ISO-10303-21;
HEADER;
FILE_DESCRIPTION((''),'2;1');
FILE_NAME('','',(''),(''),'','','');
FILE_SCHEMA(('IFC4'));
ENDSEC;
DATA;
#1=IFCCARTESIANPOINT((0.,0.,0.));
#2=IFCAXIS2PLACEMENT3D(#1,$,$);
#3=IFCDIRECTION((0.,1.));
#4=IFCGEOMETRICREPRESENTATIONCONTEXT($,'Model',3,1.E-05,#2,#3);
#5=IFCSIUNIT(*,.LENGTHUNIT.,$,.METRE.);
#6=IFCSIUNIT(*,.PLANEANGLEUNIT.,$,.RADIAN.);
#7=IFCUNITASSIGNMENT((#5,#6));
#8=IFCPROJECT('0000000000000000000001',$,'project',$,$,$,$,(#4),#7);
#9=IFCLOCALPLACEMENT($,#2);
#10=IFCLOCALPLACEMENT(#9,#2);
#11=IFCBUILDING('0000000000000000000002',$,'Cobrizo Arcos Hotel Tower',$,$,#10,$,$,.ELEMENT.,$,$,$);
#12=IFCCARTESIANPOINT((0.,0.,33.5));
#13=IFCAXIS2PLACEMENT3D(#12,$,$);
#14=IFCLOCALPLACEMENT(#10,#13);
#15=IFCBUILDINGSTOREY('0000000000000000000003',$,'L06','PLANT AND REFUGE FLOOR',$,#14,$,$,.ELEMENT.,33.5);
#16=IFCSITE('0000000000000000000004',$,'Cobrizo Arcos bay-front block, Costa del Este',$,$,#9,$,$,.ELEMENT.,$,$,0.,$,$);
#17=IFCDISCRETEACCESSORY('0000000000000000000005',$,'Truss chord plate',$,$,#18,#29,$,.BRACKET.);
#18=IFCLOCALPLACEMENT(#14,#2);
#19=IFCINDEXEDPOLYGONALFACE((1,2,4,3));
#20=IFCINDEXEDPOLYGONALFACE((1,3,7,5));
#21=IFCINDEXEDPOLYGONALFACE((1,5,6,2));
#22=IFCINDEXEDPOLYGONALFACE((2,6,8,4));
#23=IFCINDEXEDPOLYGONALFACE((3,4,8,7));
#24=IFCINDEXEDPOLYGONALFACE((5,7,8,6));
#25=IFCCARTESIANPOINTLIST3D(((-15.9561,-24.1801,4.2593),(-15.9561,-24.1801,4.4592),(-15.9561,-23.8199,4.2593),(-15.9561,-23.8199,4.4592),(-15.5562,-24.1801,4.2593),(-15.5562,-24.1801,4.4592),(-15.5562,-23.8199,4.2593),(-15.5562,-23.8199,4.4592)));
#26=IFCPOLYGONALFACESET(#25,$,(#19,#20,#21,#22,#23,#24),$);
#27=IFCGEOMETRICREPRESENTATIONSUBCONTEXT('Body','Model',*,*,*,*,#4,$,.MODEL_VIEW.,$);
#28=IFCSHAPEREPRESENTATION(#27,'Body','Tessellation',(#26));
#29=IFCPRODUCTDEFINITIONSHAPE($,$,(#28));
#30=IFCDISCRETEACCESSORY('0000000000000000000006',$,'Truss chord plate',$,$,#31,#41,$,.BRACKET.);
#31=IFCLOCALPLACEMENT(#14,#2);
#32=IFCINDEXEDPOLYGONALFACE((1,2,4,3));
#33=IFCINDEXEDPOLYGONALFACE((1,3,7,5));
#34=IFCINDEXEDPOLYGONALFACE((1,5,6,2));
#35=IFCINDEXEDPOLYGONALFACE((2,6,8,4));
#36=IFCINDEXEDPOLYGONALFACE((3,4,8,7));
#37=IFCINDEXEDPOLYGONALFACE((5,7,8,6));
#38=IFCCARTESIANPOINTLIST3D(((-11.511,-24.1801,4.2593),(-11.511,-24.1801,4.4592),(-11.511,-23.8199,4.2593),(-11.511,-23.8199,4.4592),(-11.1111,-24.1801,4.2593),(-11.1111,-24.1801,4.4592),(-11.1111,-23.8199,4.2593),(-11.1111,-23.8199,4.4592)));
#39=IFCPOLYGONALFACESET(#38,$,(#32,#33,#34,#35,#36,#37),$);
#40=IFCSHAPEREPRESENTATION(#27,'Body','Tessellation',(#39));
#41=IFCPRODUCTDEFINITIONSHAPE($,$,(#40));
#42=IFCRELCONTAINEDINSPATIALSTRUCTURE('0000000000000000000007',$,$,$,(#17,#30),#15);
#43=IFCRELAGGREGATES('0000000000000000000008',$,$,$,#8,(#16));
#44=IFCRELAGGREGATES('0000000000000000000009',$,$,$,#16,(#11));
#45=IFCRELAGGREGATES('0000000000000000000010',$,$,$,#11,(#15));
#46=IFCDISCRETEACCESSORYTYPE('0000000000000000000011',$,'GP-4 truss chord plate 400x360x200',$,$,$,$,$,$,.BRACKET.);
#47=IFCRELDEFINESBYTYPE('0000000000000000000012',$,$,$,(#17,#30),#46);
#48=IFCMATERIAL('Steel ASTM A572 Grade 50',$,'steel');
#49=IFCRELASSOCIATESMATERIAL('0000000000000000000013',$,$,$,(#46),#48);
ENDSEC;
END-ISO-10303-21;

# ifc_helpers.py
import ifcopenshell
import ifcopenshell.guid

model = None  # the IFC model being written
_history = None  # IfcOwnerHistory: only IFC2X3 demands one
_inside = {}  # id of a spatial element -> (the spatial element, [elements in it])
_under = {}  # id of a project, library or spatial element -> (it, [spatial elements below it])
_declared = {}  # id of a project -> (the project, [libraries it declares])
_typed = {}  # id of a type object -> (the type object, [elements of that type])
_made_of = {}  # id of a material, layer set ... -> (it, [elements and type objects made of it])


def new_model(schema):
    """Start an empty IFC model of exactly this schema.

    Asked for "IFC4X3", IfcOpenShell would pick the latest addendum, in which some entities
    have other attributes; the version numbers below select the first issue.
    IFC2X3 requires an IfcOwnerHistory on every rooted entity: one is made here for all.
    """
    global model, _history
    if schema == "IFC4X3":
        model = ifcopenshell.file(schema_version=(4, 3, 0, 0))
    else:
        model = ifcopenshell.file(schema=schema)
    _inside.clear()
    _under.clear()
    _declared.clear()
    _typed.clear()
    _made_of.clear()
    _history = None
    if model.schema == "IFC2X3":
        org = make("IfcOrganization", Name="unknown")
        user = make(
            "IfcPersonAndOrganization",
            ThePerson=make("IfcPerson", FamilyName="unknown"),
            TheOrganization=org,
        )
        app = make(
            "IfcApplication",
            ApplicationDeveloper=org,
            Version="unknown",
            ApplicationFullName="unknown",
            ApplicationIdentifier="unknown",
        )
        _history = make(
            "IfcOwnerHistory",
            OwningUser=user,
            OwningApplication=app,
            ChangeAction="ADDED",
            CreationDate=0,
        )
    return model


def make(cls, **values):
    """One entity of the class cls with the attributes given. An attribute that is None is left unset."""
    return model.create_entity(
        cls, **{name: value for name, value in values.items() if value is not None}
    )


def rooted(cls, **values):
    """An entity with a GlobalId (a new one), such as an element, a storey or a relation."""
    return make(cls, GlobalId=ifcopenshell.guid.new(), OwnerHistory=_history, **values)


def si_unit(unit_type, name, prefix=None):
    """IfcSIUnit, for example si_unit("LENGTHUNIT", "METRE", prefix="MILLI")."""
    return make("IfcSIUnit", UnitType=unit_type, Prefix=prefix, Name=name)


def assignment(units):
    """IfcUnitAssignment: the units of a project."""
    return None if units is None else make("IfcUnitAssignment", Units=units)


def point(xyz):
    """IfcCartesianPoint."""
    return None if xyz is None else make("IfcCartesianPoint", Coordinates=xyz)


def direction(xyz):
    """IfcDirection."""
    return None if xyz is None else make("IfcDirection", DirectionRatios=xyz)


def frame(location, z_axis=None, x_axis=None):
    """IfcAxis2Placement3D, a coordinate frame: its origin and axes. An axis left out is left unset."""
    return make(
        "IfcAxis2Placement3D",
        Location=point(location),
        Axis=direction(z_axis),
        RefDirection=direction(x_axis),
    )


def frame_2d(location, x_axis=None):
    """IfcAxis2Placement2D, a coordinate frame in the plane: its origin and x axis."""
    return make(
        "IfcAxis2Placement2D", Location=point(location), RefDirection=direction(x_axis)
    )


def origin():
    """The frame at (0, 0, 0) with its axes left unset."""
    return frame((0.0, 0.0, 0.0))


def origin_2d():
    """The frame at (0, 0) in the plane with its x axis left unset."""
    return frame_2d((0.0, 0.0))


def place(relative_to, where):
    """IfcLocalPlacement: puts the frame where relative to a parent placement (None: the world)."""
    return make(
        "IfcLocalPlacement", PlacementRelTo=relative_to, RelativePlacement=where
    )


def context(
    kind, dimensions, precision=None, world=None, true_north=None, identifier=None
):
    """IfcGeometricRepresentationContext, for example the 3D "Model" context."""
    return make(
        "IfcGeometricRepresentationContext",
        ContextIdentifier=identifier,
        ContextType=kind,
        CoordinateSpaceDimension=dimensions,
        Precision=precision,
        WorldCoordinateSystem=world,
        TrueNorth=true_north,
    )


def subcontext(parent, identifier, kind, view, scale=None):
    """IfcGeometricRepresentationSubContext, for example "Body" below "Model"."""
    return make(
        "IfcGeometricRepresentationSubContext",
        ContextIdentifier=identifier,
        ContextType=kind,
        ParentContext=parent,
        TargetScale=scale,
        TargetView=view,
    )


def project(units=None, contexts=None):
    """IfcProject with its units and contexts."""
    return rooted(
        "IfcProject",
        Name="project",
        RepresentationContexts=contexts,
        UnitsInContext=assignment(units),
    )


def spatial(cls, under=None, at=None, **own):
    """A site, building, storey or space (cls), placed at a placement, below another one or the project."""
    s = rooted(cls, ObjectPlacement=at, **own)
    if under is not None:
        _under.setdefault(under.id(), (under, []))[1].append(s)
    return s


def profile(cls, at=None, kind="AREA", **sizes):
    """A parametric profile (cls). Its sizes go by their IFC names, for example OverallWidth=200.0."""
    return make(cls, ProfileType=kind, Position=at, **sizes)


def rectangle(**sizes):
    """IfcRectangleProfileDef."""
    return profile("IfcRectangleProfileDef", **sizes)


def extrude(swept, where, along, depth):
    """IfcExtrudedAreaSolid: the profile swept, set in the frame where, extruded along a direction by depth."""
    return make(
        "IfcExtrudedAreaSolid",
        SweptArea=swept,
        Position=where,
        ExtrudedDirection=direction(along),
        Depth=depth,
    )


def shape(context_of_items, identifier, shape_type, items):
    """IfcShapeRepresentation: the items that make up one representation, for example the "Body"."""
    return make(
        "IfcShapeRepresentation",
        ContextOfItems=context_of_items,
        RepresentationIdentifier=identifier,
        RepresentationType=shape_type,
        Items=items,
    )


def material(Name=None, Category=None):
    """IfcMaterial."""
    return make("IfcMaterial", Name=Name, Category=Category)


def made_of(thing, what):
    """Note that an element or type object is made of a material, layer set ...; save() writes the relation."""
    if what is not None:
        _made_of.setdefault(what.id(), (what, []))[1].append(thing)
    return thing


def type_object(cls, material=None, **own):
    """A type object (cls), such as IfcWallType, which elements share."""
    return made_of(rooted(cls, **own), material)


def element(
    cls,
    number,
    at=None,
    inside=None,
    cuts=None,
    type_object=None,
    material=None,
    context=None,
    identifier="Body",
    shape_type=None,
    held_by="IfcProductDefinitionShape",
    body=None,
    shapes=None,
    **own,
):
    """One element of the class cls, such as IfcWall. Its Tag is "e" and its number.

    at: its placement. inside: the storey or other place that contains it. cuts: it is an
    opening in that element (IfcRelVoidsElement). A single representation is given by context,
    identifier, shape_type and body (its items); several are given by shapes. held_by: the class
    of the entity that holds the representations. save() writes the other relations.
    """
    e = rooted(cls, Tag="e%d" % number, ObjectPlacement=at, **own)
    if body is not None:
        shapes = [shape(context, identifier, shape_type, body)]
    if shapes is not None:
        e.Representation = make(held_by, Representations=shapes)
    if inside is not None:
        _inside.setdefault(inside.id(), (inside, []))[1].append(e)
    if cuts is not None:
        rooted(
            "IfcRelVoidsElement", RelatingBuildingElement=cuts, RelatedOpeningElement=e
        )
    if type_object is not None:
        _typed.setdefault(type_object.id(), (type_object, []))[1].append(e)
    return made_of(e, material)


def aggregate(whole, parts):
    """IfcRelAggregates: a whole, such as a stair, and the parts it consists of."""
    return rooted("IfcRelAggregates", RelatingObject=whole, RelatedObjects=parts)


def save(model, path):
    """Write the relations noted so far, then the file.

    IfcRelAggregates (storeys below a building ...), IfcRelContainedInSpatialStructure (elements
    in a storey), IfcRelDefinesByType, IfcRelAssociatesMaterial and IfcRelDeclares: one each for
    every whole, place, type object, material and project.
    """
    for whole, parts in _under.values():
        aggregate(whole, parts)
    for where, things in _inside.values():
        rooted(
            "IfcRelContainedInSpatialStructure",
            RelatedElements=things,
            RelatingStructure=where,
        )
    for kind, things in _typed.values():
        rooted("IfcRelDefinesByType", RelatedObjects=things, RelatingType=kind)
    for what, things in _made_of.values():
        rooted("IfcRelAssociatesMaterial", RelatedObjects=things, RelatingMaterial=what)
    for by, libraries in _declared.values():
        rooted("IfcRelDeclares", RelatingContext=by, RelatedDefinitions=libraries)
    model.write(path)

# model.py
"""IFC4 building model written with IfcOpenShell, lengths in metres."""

from ifc_helpers import new_model, si_unit, direction, frame, origin, origin_2d, place, context, subcontext, project, spatial, rectangle, extrude, material, type_object, element, save


model = new_model("IFC4")

# Units and contexts
model_context = context("Model", 3, precision=1e-05, world=origin(), true_north=direction((0.0, 1.0)))
body_context = subcontext(model_context, "Body", "Model", "MODEL_VIEW")
ifc_project = project(units=[si_unit("LENGTHUNIT", "METRE"), si_unit("PLANEANGLEUNIT", "RADIAN")], contexts=[model_context])

# Site, building, storey
site_placement = place(None, origin())
site = spatial("IfcSite", under=ifc_project, at=site_placement, Name="Cobrizo Arcos bay-front block, Costa del Este", CompositionType="ELEMENT", RefElevation=0.0)
building_placement = place(site_placement, origin())
building = spatial("IfcBuilding", under=site, at=building_placement, Name="Cobrizo Arcos Hotel Tower", CompositionType="ELEMENT")
storey_placement = place(building_placement, frame((0.0, 0.0, 33.5)))
storey = spatial("IfcBuildingStorey", under=building, at=storey_placement, Name="L06", Description="PLANT AND REFUGE FLOOR", CompositionType="ELEMENT", Elevation=33.5)

# Shared definitions
ifc_material_1 = material(Name="Steel ASTM A572 Grade 50", Category="steel")

# Discrete accessories
discrete_accessory_type_1 = type_object("IfcDiscreteAccessoryType", Name="GP-4 truss chord plate 400x360x200", PredefinedType="BRACKET", material=ifc_material_1)
for number, where, z_axis, x_axis, name in (
    (1, (-15.7561, -24.0, 4.2593), (0.0, 0.0, 1.0), (1.0, 0.0, 0.0), "Truss chord plate"),
    (2, (-11.311, -24.0, 4.2593), (0.0, 0.0, 1.0), (1.0, 0.0, 0.0), "Truss chord plate"),
):
    element("IfcDiscreteAccessory", number, at=place(storey_placement, frame(where, z_axis=z_axis, x_axis=x_axis)), inside=storey, type_object=discrete_accessory_type_1, Name=name, PredefinedType="BRACKET", context=body_context, shape_type="SweptSolid", body=[
        extrude(rectangle(XDim=0.3999, YDim=0.3601, at=origin_2d()), origin(), (0.0, 0.0, 1.0), 0.2),
    ])

save(model, "model.ifc")
